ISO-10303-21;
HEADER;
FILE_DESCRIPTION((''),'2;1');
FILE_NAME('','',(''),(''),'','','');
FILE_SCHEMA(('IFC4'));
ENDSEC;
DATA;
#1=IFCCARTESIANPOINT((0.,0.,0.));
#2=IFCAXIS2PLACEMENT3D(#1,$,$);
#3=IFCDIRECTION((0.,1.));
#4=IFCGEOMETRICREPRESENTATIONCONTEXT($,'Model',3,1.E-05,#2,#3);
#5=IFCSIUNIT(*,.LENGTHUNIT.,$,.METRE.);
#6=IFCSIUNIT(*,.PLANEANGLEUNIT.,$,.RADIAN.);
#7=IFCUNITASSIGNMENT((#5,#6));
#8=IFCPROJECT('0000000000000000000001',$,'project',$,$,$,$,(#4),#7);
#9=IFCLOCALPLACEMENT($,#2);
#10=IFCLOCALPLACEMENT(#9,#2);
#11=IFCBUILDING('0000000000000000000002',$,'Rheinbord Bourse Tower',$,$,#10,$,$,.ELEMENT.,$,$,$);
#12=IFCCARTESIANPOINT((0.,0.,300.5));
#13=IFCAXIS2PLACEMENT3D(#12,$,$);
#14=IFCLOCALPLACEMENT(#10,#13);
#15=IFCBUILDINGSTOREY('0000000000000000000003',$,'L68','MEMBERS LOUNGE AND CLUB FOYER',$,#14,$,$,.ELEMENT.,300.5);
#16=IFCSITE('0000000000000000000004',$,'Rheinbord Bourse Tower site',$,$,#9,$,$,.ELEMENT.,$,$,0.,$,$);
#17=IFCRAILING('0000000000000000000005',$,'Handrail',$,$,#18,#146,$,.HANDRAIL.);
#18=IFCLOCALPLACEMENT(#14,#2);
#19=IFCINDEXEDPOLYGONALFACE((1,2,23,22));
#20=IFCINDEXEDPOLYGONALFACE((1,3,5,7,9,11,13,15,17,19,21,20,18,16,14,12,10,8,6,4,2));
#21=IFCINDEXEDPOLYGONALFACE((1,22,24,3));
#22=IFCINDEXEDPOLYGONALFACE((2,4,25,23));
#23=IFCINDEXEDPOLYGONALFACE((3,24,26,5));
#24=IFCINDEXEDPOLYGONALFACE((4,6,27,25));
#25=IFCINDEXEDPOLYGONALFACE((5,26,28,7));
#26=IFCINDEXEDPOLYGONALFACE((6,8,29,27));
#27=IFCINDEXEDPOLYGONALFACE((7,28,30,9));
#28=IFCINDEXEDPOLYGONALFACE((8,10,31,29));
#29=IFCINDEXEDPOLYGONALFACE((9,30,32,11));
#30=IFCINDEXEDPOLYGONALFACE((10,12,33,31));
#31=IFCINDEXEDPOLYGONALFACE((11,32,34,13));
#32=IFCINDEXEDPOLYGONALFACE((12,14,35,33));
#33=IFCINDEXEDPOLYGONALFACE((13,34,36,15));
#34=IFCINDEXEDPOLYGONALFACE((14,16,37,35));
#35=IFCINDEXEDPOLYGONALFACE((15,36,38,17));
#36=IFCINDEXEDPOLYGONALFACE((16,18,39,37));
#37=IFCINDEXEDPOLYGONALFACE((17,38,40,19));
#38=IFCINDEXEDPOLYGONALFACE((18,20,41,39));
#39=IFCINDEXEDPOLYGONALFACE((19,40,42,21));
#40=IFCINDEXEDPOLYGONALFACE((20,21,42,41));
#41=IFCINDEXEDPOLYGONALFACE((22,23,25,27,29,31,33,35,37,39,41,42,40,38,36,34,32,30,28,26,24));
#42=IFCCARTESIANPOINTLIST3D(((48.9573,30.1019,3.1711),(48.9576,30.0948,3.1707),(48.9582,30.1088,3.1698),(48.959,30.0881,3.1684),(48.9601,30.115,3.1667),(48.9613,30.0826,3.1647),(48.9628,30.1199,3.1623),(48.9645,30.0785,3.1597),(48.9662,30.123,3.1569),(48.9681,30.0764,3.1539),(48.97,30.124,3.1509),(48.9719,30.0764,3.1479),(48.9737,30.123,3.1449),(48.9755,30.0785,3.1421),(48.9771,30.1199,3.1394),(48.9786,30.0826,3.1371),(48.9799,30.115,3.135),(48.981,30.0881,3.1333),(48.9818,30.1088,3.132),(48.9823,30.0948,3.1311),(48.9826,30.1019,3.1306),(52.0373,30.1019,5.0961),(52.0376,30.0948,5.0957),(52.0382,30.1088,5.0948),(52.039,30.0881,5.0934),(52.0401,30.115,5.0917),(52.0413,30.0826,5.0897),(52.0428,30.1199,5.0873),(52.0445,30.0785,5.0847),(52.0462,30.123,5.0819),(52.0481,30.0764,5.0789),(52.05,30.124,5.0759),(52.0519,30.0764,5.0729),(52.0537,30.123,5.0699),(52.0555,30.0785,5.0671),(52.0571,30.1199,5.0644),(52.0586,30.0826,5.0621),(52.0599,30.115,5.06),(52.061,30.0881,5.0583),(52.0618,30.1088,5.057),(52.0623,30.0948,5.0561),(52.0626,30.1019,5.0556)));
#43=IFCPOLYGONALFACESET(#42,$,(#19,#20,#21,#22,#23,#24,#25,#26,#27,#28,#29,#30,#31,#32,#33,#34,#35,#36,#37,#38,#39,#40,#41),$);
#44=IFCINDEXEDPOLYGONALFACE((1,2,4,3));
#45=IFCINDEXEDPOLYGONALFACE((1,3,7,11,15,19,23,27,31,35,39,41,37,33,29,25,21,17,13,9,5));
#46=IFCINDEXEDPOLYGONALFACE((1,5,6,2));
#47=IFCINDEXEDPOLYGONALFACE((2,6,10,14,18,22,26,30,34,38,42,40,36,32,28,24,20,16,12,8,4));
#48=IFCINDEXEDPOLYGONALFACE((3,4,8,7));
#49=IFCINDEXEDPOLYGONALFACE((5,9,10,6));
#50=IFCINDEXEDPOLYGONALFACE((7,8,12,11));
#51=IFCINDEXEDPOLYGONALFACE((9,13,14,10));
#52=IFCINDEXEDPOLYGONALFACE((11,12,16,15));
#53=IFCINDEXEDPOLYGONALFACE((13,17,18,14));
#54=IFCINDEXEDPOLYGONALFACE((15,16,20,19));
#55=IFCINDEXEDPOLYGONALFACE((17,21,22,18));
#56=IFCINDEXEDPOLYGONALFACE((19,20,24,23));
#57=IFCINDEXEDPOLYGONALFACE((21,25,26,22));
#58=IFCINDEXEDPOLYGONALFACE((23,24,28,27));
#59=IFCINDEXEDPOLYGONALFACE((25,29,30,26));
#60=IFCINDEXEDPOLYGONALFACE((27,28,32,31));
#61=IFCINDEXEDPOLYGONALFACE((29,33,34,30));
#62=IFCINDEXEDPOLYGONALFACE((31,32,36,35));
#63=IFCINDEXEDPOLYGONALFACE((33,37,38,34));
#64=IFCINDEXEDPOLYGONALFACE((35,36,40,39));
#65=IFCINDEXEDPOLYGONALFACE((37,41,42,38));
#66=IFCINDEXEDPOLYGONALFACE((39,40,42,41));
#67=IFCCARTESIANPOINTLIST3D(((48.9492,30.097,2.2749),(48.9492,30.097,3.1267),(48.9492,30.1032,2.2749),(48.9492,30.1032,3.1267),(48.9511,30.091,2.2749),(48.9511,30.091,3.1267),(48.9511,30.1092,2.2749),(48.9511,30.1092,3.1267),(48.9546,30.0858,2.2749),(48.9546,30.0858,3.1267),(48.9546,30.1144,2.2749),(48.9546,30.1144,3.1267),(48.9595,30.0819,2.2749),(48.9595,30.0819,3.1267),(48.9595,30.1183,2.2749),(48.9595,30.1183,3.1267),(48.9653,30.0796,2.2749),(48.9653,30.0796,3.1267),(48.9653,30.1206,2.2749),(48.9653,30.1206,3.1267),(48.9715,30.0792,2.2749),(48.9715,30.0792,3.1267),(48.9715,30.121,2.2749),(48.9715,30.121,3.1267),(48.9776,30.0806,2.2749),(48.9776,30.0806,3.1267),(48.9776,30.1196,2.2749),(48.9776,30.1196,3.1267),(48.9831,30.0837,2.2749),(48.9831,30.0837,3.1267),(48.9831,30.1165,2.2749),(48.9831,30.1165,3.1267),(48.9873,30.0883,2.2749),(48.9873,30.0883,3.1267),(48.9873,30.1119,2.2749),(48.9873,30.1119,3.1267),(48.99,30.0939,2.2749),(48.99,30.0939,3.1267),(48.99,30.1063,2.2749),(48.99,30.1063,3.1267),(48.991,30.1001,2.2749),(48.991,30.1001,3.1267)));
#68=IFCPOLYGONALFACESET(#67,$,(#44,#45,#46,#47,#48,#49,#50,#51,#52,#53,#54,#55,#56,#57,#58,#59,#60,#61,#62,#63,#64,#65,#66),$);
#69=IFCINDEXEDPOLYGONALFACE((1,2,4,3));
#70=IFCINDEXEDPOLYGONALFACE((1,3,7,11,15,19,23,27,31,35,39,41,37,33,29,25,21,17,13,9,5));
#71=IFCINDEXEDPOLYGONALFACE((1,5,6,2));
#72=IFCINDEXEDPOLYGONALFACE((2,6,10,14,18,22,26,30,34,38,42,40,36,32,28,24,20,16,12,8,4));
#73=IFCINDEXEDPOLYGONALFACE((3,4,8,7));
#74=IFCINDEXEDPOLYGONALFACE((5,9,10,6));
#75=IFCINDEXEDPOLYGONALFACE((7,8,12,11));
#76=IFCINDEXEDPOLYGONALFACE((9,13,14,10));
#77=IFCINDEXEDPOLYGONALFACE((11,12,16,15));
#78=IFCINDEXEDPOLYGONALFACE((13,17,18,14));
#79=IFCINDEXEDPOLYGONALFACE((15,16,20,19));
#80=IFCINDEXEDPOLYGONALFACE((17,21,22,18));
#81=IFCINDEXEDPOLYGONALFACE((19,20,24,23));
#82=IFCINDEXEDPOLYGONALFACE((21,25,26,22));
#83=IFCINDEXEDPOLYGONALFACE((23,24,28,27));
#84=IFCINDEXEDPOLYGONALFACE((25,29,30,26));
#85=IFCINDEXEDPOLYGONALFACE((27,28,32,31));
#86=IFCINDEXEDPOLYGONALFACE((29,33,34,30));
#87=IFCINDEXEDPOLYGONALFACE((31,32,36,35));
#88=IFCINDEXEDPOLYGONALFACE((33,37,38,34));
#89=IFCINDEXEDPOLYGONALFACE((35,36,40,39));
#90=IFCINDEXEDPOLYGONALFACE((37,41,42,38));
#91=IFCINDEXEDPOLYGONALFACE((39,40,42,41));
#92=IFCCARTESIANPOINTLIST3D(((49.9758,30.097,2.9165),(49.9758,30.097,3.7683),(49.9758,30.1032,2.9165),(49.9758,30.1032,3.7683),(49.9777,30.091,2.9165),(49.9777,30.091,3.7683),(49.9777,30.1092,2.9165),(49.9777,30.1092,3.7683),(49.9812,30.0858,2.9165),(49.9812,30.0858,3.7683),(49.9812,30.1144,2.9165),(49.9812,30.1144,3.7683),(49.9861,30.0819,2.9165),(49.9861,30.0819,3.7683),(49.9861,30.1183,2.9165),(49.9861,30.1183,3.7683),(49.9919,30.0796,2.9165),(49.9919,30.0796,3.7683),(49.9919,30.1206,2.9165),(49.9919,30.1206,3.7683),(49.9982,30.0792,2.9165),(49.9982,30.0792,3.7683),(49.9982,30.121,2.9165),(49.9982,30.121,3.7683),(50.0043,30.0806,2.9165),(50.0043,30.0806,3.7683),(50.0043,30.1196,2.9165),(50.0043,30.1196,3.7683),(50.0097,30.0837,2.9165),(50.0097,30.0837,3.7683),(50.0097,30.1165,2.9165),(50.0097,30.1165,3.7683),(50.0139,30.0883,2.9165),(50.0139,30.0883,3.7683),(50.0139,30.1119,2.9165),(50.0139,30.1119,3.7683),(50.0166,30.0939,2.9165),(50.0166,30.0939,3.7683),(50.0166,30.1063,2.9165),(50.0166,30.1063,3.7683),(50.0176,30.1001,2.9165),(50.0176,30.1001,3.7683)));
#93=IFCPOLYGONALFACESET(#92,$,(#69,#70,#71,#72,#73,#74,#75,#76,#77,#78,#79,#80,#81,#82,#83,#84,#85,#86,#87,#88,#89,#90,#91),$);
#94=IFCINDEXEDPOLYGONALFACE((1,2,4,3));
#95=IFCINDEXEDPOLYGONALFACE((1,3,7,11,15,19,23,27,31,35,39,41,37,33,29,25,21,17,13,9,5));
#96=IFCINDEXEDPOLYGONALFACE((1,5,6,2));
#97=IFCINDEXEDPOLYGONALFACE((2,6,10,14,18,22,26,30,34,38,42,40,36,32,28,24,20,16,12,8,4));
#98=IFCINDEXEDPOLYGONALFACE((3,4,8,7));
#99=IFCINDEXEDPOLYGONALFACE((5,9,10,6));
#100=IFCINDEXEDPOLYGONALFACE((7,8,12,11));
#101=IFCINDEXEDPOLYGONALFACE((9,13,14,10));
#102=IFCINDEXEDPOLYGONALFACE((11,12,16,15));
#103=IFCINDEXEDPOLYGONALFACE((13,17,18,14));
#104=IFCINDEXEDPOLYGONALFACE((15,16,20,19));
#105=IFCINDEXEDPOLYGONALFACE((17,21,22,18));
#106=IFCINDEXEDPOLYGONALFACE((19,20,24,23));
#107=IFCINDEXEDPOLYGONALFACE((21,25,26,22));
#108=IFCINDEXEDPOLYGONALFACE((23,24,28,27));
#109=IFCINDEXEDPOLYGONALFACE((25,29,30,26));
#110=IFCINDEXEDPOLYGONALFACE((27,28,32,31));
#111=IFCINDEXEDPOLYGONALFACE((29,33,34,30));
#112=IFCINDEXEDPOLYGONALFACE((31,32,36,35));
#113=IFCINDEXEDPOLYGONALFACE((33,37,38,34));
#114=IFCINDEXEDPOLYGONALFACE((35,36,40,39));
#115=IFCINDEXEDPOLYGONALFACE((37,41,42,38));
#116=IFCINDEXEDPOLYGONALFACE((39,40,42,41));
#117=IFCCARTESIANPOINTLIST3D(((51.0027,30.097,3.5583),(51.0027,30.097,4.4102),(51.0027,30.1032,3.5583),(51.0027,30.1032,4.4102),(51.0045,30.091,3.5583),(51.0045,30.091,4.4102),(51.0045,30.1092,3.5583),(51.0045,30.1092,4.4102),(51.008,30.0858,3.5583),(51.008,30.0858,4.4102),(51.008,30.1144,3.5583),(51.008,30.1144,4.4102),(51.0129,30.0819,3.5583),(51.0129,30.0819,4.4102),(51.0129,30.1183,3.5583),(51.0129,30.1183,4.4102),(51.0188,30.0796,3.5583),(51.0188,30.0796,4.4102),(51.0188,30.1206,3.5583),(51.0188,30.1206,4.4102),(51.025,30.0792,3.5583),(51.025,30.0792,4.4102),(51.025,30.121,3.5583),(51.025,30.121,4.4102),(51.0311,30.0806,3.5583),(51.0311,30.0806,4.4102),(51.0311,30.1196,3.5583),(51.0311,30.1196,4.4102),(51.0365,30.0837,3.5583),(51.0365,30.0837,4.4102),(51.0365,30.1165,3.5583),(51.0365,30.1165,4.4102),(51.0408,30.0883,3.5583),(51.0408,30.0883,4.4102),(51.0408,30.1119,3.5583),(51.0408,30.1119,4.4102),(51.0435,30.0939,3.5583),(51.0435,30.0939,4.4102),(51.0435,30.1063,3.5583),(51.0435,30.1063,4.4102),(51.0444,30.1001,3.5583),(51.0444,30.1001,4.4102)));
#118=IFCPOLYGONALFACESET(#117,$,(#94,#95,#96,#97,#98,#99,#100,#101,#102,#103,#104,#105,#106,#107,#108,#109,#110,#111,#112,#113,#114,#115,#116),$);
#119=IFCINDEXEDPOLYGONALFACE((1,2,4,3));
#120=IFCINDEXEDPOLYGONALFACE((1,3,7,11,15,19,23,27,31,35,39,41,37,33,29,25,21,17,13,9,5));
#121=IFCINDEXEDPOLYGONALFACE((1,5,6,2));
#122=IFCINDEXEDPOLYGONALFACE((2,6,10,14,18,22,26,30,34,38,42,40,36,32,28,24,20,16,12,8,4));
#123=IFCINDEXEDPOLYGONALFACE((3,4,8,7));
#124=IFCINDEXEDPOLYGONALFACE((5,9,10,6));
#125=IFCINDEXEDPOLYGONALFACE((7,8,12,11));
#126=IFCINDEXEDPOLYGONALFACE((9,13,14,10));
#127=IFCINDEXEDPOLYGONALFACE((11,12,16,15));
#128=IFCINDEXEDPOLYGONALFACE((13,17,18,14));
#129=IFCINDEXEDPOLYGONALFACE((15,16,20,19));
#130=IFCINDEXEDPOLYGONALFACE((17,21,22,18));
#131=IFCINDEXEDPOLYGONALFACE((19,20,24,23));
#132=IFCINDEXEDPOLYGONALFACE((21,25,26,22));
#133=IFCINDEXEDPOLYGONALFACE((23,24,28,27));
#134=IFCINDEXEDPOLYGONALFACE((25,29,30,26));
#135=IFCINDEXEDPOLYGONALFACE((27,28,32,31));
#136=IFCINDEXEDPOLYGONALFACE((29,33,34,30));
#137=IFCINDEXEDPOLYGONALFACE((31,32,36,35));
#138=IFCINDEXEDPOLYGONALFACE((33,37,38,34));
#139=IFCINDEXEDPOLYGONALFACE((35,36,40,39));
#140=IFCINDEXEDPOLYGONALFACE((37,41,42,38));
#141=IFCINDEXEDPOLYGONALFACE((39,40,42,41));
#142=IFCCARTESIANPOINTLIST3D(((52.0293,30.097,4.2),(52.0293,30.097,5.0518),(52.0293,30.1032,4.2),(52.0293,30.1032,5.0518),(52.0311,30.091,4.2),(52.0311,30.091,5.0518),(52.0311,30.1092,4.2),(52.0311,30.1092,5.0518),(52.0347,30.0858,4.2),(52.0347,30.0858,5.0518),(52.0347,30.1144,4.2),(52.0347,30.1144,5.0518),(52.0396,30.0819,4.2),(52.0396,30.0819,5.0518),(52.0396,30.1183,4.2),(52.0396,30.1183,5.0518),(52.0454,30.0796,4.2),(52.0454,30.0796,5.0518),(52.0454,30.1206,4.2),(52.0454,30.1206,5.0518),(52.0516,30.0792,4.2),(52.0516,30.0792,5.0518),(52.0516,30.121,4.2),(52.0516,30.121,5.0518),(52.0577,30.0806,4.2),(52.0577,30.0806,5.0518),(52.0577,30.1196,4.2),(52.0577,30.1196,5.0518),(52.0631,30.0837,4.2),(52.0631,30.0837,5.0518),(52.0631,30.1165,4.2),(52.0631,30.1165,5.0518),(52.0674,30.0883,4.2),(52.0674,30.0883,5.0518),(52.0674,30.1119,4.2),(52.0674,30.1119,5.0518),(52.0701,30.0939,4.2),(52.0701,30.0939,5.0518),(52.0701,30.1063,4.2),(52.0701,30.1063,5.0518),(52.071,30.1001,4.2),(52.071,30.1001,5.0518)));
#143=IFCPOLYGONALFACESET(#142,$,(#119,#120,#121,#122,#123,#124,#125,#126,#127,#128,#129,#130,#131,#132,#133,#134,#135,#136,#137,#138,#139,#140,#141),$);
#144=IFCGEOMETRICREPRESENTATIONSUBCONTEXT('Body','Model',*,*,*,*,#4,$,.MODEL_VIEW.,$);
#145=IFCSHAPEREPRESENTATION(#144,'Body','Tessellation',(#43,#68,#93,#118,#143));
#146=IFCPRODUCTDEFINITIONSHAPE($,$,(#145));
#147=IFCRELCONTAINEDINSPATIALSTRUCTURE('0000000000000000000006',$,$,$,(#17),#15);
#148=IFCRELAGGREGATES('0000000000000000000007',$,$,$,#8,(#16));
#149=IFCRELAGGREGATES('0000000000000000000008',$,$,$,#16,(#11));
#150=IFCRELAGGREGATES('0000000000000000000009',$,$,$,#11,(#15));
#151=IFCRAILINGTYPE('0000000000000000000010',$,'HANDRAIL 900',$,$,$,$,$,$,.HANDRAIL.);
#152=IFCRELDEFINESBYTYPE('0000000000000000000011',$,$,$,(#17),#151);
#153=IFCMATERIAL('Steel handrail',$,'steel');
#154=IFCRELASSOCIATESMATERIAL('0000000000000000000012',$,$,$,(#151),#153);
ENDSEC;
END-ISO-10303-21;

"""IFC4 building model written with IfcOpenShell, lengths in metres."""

from ifc_helpers import new_model, si_unit, direction, frame, origin, origin_2d, place, context, subcontext, project, spatial, circle, extrude, material, type_object, element, save


model = new_model("IFC4")

# Units and contexts
model_context = context("Model", 3, precision=1e-05, world=origin(), true_north=direction((0.0, 1.0)))
body_context = subcontext(model_context, "Body", "Model", "MODEL_VIEW")
ifc_project = project(units=[si_unit("LENGTHUNIT", "METRE"), si_unit("PLANEANGLEUNIT", "RADIAN")], contexts=[model_context])

# Site, building, storey
site_placement = place(None, origin())
site = spatial("IfcSite", under=ifc_project, at=site_placement, Name="Rheinbord Bourse Tower site", CompositionType="ELEMENT", RefElevation=0.0)
building_placement = place(site_placement, origin())
building = spatial("IfcBuilding", under=site, at=building_placement, Name="Rheinbord Bourse Tower", CompositionType="ELEMENT")
storey_placement = place(building_placement, frame((0.0, 0.0, 300.5)))
storey = spatial("IfcBuildingStorey", under=building, at=storey_placement, Name="L68", Description="MEMBERS LOUNGE AND CLUB FOYER", CompositionType="ELEMENT", Elevation=300.5)

# Railing
ifc_material_1 = material(Name="Steel handrail", Category="steel")
railing_type = type_object("IfcRailingType", Name="HANDRAIL 900", PredefinedType="HANDRAIL", material=ifc_material_1)
railing_1_placement = place(storey_placement, frame((48.97, 30.1001, 2.2749)))
element("IfcRailing", 1, at=railing_1_placement, inside=storey, type_object=railing_type, Name="Handrail", PredefinedType="HANDRAIL", context=body_context, shape_type="SweptSolid", body=[
    extrude(circle(Radius=0.0239, at=origin_2d()), frame((0.0, 0.0, 0.876), z_axis=(0.847998, 0.0, 0.529999), x_axis=(0.0, 1.0, 0.0)), (0.0, 0.0, 1.0), 3.6321),
    extrude(circle(Radius=0.021, at=origin_2d()), origin(), (0.0, 0.0, 1.0), 0.8518),
    extrude(circle(Radius=0.021, at=origin_2d()), frame((1.0266, 0.0, 0.6416)), (0.0, 0.0, 1.0), 0.8518),
    extrude(circle(Radius=0.021, at=origin_2d()), frame((2.0535, 0.0, 1.2834)), (0.0, 0.0, 1.0), 0.8518),
    extrude(circle(Radius=0.021, at=origin_2d()), frame((3.0801, 0.0, 1.925)), (0.0, 0.0, 1.0), 0.8518),
])

save(model, "model.ifc")
